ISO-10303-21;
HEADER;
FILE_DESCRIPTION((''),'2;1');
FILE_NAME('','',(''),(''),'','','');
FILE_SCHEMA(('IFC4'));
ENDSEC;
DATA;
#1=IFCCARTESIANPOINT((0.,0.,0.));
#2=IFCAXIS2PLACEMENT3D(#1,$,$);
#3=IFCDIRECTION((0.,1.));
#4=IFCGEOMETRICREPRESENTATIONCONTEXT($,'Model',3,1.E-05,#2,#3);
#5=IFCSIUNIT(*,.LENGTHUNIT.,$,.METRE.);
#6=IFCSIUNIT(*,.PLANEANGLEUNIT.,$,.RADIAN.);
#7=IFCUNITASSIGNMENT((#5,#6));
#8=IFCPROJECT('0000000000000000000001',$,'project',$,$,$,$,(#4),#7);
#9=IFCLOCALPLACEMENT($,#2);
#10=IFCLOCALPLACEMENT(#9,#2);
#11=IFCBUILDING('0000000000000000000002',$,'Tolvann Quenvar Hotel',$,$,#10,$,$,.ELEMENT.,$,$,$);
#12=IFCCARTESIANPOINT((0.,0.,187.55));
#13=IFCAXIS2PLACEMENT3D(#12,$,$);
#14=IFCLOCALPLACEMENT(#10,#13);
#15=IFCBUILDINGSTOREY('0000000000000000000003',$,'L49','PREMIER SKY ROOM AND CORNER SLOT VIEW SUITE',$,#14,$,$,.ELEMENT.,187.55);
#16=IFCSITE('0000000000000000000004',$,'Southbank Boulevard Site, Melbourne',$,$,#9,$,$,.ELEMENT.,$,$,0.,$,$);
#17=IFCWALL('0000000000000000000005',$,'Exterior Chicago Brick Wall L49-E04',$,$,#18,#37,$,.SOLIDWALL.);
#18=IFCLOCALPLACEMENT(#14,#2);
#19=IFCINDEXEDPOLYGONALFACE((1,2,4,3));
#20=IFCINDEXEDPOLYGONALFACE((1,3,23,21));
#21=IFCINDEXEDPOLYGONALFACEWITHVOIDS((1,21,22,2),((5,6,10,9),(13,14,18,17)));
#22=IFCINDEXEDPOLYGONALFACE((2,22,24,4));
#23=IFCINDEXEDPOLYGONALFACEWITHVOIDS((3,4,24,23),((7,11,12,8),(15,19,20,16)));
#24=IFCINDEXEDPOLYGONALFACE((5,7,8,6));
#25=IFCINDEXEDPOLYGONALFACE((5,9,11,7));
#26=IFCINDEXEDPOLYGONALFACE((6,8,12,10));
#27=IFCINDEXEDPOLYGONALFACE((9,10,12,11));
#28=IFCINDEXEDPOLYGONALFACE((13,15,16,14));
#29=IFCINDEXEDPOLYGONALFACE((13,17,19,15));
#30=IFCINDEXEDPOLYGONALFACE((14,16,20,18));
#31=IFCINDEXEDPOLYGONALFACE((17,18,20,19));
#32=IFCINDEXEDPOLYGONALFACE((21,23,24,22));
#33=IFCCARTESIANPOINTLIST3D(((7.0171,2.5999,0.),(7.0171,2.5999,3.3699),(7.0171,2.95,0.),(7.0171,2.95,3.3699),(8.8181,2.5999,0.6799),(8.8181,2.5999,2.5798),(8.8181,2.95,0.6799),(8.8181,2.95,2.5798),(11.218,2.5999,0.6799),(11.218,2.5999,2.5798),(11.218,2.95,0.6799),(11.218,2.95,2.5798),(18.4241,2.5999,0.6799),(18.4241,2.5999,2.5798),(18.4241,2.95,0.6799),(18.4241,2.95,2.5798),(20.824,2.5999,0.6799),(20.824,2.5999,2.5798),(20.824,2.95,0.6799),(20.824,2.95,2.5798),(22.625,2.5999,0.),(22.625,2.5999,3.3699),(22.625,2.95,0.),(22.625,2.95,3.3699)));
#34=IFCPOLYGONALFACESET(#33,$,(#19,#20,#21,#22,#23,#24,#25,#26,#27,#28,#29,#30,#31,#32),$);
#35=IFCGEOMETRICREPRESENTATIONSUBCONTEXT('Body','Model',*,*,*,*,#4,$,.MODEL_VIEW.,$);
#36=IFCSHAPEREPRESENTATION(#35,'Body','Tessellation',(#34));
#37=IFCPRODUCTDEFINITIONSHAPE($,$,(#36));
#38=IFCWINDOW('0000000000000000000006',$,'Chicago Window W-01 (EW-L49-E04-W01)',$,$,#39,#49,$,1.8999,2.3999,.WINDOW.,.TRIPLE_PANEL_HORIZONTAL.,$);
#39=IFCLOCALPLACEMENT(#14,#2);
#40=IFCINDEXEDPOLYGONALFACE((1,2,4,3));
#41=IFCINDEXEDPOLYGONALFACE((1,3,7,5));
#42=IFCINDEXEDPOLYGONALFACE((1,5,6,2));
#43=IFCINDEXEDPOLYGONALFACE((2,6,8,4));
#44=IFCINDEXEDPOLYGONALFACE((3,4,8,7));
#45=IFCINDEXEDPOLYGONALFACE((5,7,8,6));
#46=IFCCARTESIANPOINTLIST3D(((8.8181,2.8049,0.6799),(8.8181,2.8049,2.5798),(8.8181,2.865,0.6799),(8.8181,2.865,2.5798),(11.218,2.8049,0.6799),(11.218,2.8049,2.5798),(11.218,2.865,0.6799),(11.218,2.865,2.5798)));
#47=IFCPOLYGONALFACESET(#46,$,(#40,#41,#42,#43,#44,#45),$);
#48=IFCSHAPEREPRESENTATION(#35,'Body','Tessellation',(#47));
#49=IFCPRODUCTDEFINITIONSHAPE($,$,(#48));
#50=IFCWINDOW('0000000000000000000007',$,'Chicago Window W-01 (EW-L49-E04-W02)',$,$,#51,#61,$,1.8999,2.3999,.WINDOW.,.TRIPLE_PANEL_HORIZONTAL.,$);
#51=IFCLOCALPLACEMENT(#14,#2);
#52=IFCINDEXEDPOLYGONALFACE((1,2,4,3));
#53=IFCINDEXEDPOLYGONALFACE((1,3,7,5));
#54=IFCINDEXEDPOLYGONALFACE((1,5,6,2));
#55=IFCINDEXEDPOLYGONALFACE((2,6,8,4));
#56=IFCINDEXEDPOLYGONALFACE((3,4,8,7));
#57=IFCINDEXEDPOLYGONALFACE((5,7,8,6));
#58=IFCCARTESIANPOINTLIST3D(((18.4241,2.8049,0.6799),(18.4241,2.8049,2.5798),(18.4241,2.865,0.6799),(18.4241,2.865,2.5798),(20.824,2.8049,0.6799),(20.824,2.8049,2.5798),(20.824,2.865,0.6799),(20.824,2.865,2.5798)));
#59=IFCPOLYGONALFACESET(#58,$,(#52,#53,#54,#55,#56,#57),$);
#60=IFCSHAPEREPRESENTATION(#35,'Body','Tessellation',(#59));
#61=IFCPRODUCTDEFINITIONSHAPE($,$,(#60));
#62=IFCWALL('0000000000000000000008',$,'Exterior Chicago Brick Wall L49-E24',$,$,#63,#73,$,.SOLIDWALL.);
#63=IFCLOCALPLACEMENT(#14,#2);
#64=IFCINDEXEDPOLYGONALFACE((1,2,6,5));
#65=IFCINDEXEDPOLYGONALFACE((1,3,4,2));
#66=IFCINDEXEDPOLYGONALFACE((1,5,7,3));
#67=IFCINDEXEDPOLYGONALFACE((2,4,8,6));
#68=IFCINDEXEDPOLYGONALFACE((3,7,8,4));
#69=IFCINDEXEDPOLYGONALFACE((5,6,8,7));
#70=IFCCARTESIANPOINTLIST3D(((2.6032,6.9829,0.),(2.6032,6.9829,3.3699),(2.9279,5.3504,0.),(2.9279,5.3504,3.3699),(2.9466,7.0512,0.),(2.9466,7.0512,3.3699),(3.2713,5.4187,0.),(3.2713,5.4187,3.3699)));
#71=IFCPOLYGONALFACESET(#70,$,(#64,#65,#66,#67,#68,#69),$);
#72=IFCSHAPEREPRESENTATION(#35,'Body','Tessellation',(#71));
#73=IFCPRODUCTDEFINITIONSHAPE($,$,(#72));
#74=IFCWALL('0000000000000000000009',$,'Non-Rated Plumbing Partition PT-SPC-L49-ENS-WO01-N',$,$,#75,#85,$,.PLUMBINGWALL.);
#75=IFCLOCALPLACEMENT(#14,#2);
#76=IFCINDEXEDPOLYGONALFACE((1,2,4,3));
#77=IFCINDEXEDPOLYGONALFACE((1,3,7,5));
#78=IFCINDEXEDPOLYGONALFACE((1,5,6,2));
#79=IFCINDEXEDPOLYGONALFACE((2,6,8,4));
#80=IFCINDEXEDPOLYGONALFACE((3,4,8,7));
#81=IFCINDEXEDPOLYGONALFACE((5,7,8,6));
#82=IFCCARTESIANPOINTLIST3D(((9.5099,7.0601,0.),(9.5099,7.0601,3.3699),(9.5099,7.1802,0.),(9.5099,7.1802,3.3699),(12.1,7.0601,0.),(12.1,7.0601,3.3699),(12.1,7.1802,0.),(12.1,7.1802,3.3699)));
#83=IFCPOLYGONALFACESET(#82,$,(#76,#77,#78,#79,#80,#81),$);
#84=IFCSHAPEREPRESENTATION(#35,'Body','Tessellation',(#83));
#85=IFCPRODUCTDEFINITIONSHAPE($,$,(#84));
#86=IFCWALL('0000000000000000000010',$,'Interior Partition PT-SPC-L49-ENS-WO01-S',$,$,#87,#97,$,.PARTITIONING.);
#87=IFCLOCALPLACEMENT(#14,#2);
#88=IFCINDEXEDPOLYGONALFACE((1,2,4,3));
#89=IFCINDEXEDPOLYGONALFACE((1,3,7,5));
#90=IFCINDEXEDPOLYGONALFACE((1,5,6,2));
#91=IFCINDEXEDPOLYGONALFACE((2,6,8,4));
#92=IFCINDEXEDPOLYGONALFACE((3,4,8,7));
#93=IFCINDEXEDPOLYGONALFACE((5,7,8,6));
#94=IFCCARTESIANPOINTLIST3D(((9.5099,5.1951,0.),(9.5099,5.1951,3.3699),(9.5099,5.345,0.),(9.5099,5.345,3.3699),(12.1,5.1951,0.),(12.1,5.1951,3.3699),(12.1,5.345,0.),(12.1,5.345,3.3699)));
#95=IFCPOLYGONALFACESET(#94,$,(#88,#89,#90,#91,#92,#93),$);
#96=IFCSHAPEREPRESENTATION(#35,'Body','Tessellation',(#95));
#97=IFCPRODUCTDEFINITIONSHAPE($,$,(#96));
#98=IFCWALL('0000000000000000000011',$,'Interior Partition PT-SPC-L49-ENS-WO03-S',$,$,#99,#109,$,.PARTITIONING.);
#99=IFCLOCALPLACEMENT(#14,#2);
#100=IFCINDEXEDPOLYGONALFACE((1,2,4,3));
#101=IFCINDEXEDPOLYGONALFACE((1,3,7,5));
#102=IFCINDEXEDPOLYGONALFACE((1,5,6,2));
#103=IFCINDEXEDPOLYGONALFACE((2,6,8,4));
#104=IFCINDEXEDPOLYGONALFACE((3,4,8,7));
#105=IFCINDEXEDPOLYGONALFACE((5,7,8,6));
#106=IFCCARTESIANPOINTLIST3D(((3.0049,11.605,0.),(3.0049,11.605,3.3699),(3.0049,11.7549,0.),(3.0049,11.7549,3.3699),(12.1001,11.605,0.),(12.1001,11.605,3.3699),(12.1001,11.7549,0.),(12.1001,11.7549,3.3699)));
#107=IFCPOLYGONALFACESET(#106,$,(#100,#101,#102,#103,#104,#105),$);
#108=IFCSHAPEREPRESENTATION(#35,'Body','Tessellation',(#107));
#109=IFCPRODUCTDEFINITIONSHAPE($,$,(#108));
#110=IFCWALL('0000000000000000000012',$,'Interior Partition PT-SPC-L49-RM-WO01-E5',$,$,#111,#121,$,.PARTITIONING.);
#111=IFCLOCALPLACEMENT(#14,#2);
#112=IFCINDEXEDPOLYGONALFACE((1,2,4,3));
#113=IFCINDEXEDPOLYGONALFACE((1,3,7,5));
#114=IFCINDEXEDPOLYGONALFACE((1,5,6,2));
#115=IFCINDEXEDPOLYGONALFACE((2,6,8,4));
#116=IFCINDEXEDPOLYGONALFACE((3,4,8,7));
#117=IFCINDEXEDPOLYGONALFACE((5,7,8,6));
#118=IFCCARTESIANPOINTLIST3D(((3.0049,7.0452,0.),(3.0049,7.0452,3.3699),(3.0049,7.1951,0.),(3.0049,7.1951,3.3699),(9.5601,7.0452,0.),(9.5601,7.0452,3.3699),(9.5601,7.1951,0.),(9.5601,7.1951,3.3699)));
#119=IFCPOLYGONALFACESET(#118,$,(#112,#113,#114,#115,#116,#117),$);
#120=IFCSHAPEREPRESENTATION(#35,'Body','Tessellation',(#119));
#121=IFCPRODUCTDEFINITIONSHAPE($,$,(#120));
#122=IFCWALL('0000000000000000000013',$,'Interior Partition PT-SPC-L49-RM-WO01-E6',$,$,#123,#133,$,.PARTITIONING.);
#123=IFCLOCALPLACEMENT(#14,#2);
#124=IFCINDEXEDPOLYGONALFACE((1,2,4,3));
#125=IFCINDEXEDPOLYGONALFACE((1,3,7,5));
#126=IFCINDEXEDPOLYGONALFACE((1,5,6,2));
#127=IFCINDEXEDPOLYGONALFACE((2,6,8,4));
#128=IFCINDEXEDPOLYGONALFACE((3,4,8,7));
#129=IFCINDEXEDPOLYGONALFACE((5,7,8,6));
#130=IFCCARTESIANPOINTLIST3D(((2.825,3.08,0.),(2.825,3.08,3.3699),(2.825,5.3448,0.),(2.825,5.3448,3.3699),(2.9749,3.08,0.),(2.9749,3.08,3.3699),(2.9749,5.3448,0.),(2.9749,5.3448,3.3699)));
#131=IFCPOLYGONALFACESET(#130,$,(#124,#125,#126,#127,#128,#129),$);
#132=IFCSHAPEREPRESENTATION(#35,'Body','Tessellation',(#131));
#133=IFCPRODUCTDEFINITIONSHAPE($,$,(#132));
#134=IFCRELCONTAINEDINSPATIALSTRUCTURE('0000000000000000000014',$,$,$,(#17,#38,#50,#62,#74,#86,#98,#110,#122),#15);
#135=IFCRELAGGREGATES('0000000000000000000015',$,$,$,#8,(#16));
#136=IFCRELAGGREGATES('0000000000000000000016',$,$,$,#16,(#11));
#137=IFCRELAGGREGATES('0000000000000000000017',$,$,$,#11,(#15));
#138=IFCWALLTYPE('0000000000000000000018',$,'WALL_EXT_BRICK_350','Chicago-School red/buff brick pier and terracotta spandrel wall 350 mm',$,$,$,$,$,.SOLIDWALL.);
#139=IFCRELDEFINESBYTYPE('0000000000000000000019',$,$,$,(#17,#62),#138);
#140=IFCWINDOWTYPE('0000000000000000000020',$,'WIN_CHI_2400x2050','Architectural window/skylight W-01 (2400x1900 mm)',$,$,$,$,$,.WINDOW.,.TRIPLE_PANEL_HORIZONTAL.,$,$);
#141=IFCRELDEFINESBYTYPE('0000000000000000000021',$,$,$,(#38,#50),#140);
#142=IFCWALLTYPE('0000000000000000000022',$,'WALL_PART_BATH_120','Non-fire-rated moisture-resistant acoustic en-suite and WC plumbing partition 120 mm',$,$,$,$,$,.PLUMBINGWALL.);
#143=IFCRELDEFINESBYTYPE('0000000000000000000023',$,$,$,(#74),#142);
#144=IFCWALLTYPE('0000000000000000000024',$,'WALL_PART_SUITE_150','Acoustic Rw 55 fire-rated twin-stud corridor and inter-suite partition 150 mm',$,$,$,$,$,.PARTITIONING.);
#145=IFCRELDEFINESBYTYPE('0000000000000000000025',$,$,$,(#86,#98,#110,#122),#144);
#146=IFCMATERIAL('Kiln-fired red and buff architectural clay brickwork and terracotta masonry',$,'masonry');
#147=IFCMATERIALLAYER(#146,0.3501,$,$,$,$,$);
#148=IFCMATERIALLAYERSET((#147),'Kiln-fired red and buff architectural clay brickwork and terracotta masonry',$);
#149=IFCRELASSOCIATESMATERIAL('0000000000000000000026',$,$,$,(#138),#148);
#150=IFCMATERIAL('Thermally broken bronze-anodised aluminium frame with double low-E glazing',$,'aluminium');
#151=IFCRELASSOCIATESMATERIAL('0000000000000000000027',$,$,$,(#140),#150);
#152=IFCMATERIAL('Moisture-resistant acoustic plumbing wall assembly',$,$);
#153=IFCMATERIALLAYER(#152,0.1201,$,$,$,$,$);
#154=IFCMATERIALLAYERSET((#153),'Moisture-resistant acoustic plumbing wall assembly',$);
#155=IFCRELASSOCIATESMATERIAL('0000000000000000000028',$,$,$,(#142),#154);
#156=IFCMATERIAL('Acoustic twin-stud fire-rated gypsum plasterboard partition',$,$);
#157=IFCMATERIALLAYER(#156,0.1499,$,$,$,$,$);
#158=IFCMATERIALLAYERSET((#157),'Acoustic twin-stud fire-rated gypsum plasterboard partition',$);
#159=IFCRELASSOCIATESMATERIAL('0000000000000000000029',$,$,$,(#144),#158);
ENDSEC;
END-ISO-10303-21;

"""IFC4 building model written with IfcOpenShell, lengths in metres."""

from ifc_helpers import new_model, si_unit, direction, frame, frame_2d, origin, place, context, subcontext, project, spatial, rectangle, extrude, source, transform, mapped, material, layer, layer_set, type_object, type_shapes, element, fill, save


model = new_model("IFC4")

# Units and contexts
model_context = context("Model", 3, precision=1e-05, world=origin(), true_north=direction((0.0, 1.0)))
body_context = subcontext(model_context, "Body", "Model", "MODEL_VIEW")
ifc_project = project(units=[si_unit("LENGTHUNIT", "METRE"), si_unit("PLANEANGLEUNIT", "RADIAN")], contexts=[model_context])

# Site, building, storey
site_placement = place(None, origin())
site = spatial("IfcSite", under=ifc_project, at=site_placement, Name="Southbank Boulevard Site, Melbourne", CompositionType="ELEMENT", RefElevation=0.0)
building_placement = place(site_placement, origin())
building = spatial("IfcBuilding", under=site, at=building_placement, Name="Tolvann Quenvar Hotel", CompositionType="ELEMENT")
storey_placement = place(building_placement, frame((0.0, 0.0, 187.55)))
storey = spatial("IfcBuildingStorey", under=building, at=storey_placement, Name="L49", Description="PREMIER SKY ROOM AND CORNER SLOT VIEW SUITE", CompositionType="ELEMENT", Elevation=187.55)

# Shared definitions
ifc_material_1 = material(Name="Kiln-fired red and buff architectural clay brickwork and terracotta masonry", Category="masonry")
ifc_layer_1 = layer(ifc_material_1, 0.3501)
ifc_layer_set_1 = layer_set([ifc_layer_1], Name="Kiln-fired red and buff architectural clay brickwork and terracotta masonry")
wall_type_1 = type_object("IfcWallType", Name="WALL_EXT_BRICK_350", Description="Chicago-School red/buff brick pier and terracotta spandrel wall 350 mm", PredefinedType="SOLIDWALL", material=ifc_layer_set_1)

# Wall, openings, windows
wall_1_placement = place(storey_placement, frame((7.0171, 2.7749, 0.0), z_axis=(0.0, 0.0, 1.0), x_axis=(1.0, 0.0, 0.0)))
wall_1 = element("IfcWall", 1, at=wall_1_placement, inside=storey, type_object=wall_type_1, Name="Exterior Chicago Brick Wall L49-E04", PredefinedType="SOLIDWALL", context=body_context, shape_type="SweptSolid", body=[
    extrude(rectangle(XDim=15.6079, YDim=0.3501, at=frame_2d((7.804, 0.0))), origin(), (0.0, 0.0, 1.0), 3.3699),
])
opening_1_placement = place(wall_1_placement, frame((1.801, 0.0, 0.6799)))
opening_1 = element("IfcOpeningElement", 2, at=opening_1_placement, cuts=wall_1, PredefinedType="OPENING", context=body_context, shape_type="SweptSolid", body=[
    extrude(rectangle(XDim=2.3999, YDim=1.8999, at=frame_2d((1.2, 0.95))), frame((0.0, 0.1851, 0.0), z_axis=(0.0, -1.0, 0.0), x_axis=(1.0, 0.0, 0.0)), (0.0, 0.0, 1.0), 0.3701),
])
opening_2_placement = place(wall_1_placement, frame((11.407, 0.0, 0.6799)))
opening_2 = element("IfcOpeningElement", 3, at=opening_2_placement, cuts=wall_1, PredefinedType="OPENING", context=body_context, shape_type="SweptSolid", body=[
    extrude(rectangle(XDim=2.3999, YDim=1.8999, at=frame_2d((1.2, 0.95))), frame((0.0, 0.1851, 0.0), z_axis=(0.0, -1.0, 0.0), x_axis=(1.0, 0.0, 0.0)), (0.0, 0.0, 1.0), 0.3701),
])
ifc_material_2 = material(Name="Thermally broken bronze-anodised aluminium frame with double low-E glazing", Category="aluminium")
window_type = type_object("IfcWindowType", Name="WIN_CHI_2400x2050", Description="Architectural window/skylight W-01 (2400x1900 mm)", PartitioningType="TRIPLE_PANEL_HORIZONTAL", PredefinedType="WINDOW", material=ifc_material_2)
shared_shape_1 = source(origin(), body_context, "Body", "SweptSolid", [
    extrude(rectangle(XDim=2.3999, YDim=1.8999, at=frame_2d((1.2, 0.95))), frame((0.0, 0.0901, 0.0), z_axis=(0.0, -1.0, 0.0), x_axis=(1.0, 0.0, 0.0)), (0.0, 0.0, 1.0), 0.0601),
])
type_shapes(window_type, [shared_shape_1])
window_1_placement = place(opening_1_placement, origin())
window_1 = element("IfcWindow", 4, at=window_1_placement, inside=storey, type_object=window_type, Name="Chicago Window W-01 (EW-L49-E04-W01)", OverallHeight=1.8999, OverallWidth=2.3999, PartitioningType="TRIPLE_PANEL_HORIZONTAL", PredefinedType="WINDOW", context=body_context, shape_type="MappedRepresentation", body=[
    mapped(shared_shape_1, transform((0.0, 0.0, 0.0), x_axis=(1.0, 0.0, 0.0), y_axis=(0.0, 1.0, 0.0), z_axis=(0.0, 0.0, 1.0), scale=1.0)),
])
fill(opening_1, window_1)
window_2_placement = place(opening_2_placement, origin())
window_2 = element("IfcWindow", 5, at=window_2_placement, inside=storey, type_object=window_type, Name="Chicago Window W-01 (EW-L49-E04-W02)", OverallHeight=1.8999, OverallWidth=2.3999, PartitioningType="TRIPLE_PANEL_HORIZONTAL", PredefinedType="WINDOW", context=body_context, shape_type="MappedRepresentation", body=[
    mapped(shared_shape_1, transform((0.0, 0.0, 0.0), x_axis=(1.0, 0.0, 0.0), y_axis=(0.0, 1.0, 0.0), z_axis=(0.0, 0.0, 1.0), scale=1.0)),
])
fill(opening_2, window_2)

# Walls
wall_2_placement = place(storey_placement, frame((2.7749, 7.0171, 0.0), z_axis=(0.0, 0.0, 1.0), x_axis=(0.195072, -0.980789, 0.0)))
element("IfcWall", 6, at=wall_2_placement, inside=storey, type_object=wall_type_1, Name="Exterior Chicago Brick Wall L49-E24", PredefinedType="SOLIDWALL", context=body_context, shape_type="SweptSolid", body=[
    extrude(rectangle(XDim=1.6646, YDim=0.3501, at=frame_2d((0.8323, 0.0))), origin(), (0.0, 0.0, 1.0), 3.3699),
])
ifc_material_3 = material(Name="Moisture-resistant acoustic plumbing wall assembly")
ifc_layer_2 = layer(ifc_material_3, 0.1201)
ifc_layer_set_2 = layer_set([ifc_layer_2], Name="Moisture-resistant acoustic plumbing wall assembly")
wall_type_2 = type_object("IfcWallType", Name="WALL_PART_BATH_120", Description="Non-fire-rated moisture-resistant acoustic en-suite and WC plumbing partition 120 mm", PredefinedType="PLUMBINGWALL", material=ifc_layer_set_2)
wall_3_placement = place(storey_placement, frame((9.51, 7.1201, 0.0), z_axis=(0.0, 0.0, 1.0), x_axis=(1.0, 0.0, 0.0)))
element("IfcWall", 7, at=wall_3_placement, inside=storey, type_object=wall_type_2, Name="Non-Rated Plumbing Partition PT-SPC-L49-ENS-WO01-N", PredefinedType="PLUMBINGWALL", context=body_context, shape_type="SweptSolid", body=[
    extrude(rectangle(XDim=2.5901, YDim=0.1201, at=frame_2d((1.2949, 0.0))), origin(), (0.0, 0.0, 1.0), 3.3699),
])
ifc_material_4 = material(Name="Acoustic twin-stud fire-rated gypsum plasterboard partition")
ifc_layer_3 = layer(ifc_material_4, 0.1499)
ifc_layer_set_3 = layer_set([ifc_layer_3], Name="Acoustic twin-stud fire-rated gypsum plasterboard partition")
wall_type_3 = type_object("IfcWallType", Name="WALL_PART_SUITE_150", Description="Acoustic Rw 55 fire-rated twin-stud corridor and inter-suite partition 150 mm", PredefinedType="PARTITIONING", material=ifc_layer_set_3)
wall_4_placement = place(storey_placement, frame((9.51, 5.27, 0.0), z_axis=(0.0, 0.0, 1.0), x_axis=(1.0, 0.0, 0.0)))
element("IfcWall", 8, at=wall_4_placement, inside=storey, type_object=wall_type_3, Name="Interior Partition PT-SPC-L49-ENS-WO01-S", PredefinedType="PARTITIONING", context=body_context, shape_type="SweptSolid", body=[
    extrude(rectangle(XDim=2.5901, YDim=0.1499, at=frame_2d((1.2949, 0.0))), origin(), (0.0, 0.0, 1.0), 3.3699),
])
wall_5_placement = place(storey_placement, frame((3.0049, 11.6799, 0.0), z_axis=(0.0, 0.0, 1.0), x_axis=(1.0, 0.0, 0.0)))
element("IfcWall", 9, at=wall_5_placement, inside=storey, type_object=wall_type_3, Name="Interior Partition PT-SPC-L49-ENS-WO03-S", PredefinedType="PARTITIONING", context=body_context, shape_type="SweptSolid", body=[
    extrude(rectangle(XDim=9.0952, YDim=0.1499, at=frame_2d((4.5476, 0.0))), origin(), (0.0, 0.0, 1.0), 3.3699),
])
wall_6_placement = place(storey_placement, frame((3.0049, 7.1201, 0.0), z_axis=(0.0, 0.0, 1.0), x_axis=(1.0, 0.0, 0.0)))
element("IfcWall", 10, at=wall_6_placement, inside=storey, type_object=wall_type_3, Name="Interior Partition PT-SPC-L49-RM-WO01-E5", PredefinedType="PARTITIONING", context=body_context, shape_type="SweptSolid", body=[
    extrude(rectangle(XDim=6.5552, YDim=0.1499, at=frame_2d((3.2776, 0.0))), origin(), (0.0, 0.0, 1.0), 3.3699),
])
wall_7_placement = place(storey_placement, frame((2.8999, 3.0801, 0.0), z_axis=(0.0, 0.0, 1.0), x_axis=(0.0, 1.0, 0.0)))
element("IfcWall", 11, at=wall_7_placement, inside=storey, type_object=wall_type_3, Name="Interior Partition PT-SPC-L49-RM-WO01-E6", PredefinedType="PARTITIONING", context=body_context, shape_type="SweptSolid", body=[
    extrude(rectangle(XDim=2.2649, YDim=0.1499, at=frame_2d((1.1323, 0.0))), origin(), (0.0, 0.0, 1.0), 3.3699),
])

save(model, "model.ifc")
